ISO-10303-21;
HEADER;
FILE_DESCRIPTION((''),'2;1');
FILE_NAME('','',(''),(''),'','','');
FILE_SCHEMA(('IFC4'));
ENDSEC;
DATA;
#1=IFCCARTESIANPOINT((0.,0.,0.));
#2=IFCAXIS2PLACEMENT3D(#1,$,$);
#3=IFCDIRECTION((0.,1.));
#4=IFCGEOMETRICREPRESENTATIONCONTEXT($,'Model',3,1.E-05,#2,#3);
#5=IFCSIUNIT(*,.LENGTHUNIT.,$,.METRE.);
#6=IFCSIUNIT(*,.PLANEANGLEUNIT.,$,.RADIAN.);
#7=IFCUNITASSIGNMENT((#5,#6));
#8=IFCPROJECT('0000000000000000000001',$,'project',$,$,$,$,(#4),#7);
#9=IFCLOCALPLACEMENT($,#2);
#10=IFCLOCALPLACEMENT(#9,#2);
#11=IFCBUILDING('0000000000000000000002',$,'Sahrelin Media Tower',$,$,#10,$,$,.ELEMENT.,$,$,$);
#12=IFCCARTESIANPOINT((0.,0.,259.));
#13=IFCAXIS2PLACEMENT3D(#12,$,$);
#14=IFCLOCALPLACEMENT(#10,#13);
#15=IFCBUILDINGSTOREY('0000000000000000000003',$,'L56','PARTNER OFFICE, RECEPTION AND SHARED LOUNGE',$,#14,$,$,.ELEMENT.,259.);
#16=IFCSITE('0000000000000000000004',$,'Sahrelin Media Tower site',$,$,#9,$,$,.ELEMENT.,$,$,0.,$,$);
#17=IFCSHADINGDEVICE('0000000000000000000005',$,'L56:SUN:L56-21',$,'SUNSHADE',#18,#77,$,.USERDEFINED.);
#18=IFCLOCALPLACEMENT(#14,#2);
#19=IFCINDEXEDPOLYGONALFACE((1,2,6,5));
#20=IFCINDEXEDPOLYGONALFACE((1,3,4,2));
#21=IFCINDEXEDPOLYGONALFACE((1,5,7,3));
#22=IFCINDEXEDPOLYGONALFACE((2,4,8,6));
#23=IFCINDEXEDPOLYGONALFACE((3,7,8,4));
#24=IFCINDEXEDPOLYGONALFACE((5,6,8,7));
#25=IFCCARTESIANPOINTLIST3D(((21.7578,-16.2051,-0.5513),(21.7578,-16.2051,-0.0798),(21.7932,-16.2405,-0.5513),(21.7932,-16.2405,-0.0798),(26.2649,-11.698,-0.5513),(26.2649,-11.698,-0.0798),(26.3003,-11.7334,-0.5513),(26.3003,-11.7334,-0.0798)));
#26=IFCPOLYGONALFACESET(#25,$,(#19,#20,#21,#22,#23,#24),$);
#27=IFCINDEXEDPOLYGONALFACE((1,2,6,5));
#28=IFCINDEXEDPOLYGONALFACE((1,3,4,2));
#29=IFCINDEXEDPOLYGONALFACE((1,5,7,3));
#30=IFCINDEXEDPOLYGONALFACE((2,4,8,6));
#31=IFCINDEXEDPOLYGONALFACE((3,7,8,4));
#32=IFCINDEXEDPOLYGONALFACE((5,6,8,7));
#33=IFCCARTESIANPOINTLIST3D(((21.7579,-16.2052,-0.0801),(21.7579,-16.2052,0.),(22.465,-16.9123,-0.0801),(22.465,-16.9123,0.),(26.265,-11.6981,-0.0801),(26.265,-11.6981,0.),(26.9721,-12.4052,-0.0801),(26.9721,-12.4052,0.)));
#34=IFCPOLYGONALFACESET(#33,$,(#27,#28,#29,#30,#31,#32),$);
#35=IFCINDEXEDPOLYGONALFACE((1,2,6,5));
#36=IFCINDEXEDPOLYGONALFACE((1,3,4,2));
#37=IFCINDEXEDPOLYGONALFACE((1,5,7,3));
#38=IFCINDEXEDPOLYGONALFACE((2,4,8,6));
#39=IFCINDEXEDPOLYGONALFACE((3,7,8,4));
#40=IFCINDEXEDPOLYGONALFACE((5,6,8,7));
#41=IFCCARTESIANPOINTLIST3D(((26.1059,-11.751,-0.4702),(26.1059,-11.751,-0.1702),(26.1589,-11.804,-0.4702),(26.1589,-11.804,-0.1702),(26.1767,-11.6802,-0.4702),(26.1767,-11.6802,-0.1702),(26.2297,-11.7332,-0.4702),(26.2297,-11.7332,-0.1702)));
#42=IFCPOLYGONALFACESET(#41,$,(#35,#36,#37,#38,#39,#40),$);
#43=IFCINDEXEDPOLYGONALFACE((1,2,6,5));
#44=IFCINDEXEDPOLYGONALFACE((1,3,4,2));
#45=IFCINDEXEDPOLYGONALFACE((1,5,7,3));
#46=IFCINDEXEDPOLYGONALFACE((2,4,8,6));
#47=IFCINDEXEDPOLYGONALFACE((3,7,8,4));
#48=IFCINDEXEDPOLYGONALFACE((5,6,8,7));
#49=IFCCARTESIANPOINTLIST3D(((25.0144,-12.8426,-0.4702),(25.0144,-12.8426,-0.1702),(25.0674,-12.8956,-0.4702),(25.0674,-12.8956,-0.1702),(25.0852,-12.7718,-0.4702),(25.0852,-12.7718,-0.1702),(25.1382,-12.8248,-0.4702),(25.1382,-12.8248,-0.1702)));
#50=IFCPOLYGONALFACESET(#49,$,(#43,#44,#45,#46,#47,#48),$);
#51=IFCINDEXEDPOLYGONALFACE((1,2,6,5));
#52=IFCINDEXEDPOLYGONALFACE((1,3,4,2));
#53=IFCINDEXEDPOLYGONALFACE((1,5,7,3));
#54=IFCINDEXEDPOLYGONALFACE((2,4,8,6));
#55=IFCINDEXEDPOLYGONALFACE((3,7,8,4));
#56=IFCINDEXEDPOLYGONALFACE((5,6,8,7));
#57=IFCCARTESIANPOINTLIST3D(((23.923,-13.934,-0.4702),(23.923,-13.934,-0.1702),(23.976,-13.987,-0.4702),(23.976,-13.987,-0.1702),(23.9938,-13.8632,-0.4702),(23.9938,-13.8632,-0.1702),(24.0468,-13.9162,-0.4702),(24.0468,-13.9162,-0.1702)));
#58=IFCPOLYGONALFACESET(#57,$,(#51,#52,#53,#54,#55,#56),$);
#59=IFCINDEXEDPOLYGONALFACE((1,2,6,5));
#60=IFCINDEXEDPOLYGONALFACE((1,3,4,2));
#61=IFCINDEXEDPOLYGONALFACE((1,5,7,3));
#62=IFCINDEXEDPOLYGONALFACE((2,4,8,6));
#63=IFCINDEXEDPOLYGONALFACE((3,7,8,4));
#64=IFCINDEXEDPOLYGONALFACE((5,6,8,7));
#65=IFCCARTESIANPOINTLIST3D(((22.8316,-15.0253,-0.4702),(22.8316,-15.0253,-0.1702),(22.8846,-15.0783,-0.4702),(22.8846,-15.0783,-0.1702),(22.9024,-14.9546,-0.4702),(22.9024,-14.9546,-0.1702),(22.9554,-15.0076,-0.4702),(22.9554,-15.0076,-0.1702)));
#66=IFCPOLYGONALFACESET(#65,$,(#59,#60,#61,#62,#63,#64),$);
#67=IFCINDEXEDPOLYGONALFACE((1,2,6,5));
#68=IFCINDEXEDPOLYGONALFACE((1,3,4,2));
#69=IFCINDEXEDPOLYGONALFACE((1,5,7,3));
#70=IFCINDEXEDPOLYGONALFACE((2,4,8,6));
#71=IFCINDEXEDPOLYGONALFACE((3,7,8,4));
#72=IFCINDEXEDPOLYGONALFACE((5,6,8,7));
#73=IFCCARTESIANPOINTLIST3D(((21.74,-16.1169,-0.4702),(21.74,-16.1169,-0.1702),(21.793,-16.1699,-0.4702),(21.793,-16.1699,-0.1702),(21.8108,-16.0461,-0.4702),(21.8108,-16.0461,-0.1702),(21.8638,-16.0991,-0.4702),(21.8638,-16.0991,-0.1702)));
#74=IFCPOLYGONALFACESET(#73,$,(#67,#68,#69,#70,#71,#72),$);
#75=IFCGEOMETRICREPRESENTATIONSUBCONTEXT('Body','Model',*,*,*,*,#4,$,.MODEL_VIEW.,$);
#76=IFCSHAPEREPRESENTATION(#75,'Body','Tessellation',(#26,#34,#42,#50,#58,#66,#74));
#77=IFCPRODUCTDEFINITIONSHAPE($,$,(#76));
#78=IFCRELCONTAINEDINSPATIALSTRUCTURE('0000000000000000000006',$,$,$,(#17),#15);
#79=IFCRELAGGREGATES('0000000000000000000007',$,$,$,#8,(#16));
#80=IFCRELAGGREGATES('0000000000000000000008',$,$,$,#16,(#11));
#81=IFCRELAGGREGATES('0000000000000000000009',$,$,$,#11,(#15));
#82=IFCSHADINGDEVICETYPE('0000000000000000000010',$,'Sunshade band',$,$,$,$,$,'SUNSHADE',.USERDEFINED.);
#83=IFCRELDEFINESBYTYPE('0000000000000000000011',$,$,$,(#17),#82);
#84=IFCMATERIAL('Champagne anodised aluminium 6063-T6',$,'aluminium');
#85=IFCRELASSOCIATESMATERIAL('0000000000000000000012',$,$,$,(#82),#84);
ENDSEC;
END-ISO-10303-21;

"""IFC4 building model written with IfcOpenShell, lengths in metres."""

from ifc_helpers import new_model, si_unit, direction, frame, origin, origin_2d, place, context, subcontext, project, spatial, rectangle, extrude, material, type_object, element, save


model = new_model("IFC4")

# Units and contexts
model_context = context("Model", 3, precision=1e-05, world=origin(), true_north=direction((0.0, 1.0)))
body_context = subcontext(model_context, "Body", "Model", "MODEL_VIEW")
ifc_project = project(units=[si_unit("LENGTHUNIT", "METRE"), si_unit("PLANEANGLEUNIT", "RADIAN")], contexts=[model_context])

# Site, building, storey
site_placement = place(None, origin())
site = spatial("IfcSite", under=ifc_project, at=site_placement, Name="Sahrelin Media Tower site", CompositionType="ELEMENT", RefElevation=0.0)
building_placement = place(site_placement, origin())
building = spatial("IfcBuilding", under=site, at=building_placement, Name="Sahrelin Media Tower", CompositionType="ELEMENT")
storey_placement = place(building_placement, frame((0.0, 0.0, 259.0)))
storey = spatial("IfcBuildingStorey", under=building, at=storey_placement, Name="L56", Description="PARTNER OFFICE, RECEPTION AND SHARED LOUNGE", CompositionType="ELEMENT", Elevation=259.0)

# Shared definitions
ifc_material_1 = material(Name="Champagne anodised aluminium 6063-T6", Category="aluminium")

# Shared definitions
placement_1 = place(storey_placement, frame((23.9973, -13.9375, 0.0), z_axis=(0.0, 0.0, 1.0), x_axis=(-0.707107, -0.707107, 0.0)))

# Shading device
shading_device_type_1 = type_object("IfcShadingDeviceType", Name="Sunshade band", ElementType="SUNSHADE", PredefinedType="USERDEFINED", material=ifc_material_1)
element("IfcShadingDevice", 1, at=placement_1, inside=storey, type_object=shading_device_type_1, Name="L56:SUN:L56-21", ObjectType="SUNSHADE", PredefinedType="USERDEFINED", context=body_context, shape_type="SweptSolid", body=[
    extrude(rectangle(XDim=6.374, YDim=0.05, at=origin_2d()), frame((0.0, 0.0449, -0.5513)), (0.0, 0.0, 1.0), 0.4714),
    extrude(rectangle(XDim=6.374, YDim=1.0, at=origin_2d()), frame((0.0, 0.52, -0.0801)), (0.0, 0.0, 1.0), 0.0801),
    extrude(rectangle(XDim=0.1001, YDim=0.075, at=origin_2d()), frame((-3.0872, -0.0176, -0.4702)), (0.0, 0.0, 1.0), 0.3),
    extrude(rectangle(XDim=0.1001, YDim=0.075, at=origin_2d()), frame((-1.5435, -0.0176, -0.4702)), (0.0, 0.0, 1.0), 0.3),
    extrude(rectangle(XDim=0.1001, YDim=0.075, at=origin_2d()), frame((0.0, -0.0176, -0.4702)), (0.0, 0.0, 1.0), 0.3),
    extrude(rectangle(XDim=0.1001, YDim=0.075, at=origin_2d()), frame((1.5435, -0.0176, -0.4702)), (0.0, 0.0, 1.0), 0.3),
    extrude(rectangle(XDim=0.1001, YDim=0.075, at=origin_2d()), frame((3.0872, -0.0176, -0.4702)), (0.0, 0.0, 1.0), 0.3),
])

save(model, "model.ifc")
